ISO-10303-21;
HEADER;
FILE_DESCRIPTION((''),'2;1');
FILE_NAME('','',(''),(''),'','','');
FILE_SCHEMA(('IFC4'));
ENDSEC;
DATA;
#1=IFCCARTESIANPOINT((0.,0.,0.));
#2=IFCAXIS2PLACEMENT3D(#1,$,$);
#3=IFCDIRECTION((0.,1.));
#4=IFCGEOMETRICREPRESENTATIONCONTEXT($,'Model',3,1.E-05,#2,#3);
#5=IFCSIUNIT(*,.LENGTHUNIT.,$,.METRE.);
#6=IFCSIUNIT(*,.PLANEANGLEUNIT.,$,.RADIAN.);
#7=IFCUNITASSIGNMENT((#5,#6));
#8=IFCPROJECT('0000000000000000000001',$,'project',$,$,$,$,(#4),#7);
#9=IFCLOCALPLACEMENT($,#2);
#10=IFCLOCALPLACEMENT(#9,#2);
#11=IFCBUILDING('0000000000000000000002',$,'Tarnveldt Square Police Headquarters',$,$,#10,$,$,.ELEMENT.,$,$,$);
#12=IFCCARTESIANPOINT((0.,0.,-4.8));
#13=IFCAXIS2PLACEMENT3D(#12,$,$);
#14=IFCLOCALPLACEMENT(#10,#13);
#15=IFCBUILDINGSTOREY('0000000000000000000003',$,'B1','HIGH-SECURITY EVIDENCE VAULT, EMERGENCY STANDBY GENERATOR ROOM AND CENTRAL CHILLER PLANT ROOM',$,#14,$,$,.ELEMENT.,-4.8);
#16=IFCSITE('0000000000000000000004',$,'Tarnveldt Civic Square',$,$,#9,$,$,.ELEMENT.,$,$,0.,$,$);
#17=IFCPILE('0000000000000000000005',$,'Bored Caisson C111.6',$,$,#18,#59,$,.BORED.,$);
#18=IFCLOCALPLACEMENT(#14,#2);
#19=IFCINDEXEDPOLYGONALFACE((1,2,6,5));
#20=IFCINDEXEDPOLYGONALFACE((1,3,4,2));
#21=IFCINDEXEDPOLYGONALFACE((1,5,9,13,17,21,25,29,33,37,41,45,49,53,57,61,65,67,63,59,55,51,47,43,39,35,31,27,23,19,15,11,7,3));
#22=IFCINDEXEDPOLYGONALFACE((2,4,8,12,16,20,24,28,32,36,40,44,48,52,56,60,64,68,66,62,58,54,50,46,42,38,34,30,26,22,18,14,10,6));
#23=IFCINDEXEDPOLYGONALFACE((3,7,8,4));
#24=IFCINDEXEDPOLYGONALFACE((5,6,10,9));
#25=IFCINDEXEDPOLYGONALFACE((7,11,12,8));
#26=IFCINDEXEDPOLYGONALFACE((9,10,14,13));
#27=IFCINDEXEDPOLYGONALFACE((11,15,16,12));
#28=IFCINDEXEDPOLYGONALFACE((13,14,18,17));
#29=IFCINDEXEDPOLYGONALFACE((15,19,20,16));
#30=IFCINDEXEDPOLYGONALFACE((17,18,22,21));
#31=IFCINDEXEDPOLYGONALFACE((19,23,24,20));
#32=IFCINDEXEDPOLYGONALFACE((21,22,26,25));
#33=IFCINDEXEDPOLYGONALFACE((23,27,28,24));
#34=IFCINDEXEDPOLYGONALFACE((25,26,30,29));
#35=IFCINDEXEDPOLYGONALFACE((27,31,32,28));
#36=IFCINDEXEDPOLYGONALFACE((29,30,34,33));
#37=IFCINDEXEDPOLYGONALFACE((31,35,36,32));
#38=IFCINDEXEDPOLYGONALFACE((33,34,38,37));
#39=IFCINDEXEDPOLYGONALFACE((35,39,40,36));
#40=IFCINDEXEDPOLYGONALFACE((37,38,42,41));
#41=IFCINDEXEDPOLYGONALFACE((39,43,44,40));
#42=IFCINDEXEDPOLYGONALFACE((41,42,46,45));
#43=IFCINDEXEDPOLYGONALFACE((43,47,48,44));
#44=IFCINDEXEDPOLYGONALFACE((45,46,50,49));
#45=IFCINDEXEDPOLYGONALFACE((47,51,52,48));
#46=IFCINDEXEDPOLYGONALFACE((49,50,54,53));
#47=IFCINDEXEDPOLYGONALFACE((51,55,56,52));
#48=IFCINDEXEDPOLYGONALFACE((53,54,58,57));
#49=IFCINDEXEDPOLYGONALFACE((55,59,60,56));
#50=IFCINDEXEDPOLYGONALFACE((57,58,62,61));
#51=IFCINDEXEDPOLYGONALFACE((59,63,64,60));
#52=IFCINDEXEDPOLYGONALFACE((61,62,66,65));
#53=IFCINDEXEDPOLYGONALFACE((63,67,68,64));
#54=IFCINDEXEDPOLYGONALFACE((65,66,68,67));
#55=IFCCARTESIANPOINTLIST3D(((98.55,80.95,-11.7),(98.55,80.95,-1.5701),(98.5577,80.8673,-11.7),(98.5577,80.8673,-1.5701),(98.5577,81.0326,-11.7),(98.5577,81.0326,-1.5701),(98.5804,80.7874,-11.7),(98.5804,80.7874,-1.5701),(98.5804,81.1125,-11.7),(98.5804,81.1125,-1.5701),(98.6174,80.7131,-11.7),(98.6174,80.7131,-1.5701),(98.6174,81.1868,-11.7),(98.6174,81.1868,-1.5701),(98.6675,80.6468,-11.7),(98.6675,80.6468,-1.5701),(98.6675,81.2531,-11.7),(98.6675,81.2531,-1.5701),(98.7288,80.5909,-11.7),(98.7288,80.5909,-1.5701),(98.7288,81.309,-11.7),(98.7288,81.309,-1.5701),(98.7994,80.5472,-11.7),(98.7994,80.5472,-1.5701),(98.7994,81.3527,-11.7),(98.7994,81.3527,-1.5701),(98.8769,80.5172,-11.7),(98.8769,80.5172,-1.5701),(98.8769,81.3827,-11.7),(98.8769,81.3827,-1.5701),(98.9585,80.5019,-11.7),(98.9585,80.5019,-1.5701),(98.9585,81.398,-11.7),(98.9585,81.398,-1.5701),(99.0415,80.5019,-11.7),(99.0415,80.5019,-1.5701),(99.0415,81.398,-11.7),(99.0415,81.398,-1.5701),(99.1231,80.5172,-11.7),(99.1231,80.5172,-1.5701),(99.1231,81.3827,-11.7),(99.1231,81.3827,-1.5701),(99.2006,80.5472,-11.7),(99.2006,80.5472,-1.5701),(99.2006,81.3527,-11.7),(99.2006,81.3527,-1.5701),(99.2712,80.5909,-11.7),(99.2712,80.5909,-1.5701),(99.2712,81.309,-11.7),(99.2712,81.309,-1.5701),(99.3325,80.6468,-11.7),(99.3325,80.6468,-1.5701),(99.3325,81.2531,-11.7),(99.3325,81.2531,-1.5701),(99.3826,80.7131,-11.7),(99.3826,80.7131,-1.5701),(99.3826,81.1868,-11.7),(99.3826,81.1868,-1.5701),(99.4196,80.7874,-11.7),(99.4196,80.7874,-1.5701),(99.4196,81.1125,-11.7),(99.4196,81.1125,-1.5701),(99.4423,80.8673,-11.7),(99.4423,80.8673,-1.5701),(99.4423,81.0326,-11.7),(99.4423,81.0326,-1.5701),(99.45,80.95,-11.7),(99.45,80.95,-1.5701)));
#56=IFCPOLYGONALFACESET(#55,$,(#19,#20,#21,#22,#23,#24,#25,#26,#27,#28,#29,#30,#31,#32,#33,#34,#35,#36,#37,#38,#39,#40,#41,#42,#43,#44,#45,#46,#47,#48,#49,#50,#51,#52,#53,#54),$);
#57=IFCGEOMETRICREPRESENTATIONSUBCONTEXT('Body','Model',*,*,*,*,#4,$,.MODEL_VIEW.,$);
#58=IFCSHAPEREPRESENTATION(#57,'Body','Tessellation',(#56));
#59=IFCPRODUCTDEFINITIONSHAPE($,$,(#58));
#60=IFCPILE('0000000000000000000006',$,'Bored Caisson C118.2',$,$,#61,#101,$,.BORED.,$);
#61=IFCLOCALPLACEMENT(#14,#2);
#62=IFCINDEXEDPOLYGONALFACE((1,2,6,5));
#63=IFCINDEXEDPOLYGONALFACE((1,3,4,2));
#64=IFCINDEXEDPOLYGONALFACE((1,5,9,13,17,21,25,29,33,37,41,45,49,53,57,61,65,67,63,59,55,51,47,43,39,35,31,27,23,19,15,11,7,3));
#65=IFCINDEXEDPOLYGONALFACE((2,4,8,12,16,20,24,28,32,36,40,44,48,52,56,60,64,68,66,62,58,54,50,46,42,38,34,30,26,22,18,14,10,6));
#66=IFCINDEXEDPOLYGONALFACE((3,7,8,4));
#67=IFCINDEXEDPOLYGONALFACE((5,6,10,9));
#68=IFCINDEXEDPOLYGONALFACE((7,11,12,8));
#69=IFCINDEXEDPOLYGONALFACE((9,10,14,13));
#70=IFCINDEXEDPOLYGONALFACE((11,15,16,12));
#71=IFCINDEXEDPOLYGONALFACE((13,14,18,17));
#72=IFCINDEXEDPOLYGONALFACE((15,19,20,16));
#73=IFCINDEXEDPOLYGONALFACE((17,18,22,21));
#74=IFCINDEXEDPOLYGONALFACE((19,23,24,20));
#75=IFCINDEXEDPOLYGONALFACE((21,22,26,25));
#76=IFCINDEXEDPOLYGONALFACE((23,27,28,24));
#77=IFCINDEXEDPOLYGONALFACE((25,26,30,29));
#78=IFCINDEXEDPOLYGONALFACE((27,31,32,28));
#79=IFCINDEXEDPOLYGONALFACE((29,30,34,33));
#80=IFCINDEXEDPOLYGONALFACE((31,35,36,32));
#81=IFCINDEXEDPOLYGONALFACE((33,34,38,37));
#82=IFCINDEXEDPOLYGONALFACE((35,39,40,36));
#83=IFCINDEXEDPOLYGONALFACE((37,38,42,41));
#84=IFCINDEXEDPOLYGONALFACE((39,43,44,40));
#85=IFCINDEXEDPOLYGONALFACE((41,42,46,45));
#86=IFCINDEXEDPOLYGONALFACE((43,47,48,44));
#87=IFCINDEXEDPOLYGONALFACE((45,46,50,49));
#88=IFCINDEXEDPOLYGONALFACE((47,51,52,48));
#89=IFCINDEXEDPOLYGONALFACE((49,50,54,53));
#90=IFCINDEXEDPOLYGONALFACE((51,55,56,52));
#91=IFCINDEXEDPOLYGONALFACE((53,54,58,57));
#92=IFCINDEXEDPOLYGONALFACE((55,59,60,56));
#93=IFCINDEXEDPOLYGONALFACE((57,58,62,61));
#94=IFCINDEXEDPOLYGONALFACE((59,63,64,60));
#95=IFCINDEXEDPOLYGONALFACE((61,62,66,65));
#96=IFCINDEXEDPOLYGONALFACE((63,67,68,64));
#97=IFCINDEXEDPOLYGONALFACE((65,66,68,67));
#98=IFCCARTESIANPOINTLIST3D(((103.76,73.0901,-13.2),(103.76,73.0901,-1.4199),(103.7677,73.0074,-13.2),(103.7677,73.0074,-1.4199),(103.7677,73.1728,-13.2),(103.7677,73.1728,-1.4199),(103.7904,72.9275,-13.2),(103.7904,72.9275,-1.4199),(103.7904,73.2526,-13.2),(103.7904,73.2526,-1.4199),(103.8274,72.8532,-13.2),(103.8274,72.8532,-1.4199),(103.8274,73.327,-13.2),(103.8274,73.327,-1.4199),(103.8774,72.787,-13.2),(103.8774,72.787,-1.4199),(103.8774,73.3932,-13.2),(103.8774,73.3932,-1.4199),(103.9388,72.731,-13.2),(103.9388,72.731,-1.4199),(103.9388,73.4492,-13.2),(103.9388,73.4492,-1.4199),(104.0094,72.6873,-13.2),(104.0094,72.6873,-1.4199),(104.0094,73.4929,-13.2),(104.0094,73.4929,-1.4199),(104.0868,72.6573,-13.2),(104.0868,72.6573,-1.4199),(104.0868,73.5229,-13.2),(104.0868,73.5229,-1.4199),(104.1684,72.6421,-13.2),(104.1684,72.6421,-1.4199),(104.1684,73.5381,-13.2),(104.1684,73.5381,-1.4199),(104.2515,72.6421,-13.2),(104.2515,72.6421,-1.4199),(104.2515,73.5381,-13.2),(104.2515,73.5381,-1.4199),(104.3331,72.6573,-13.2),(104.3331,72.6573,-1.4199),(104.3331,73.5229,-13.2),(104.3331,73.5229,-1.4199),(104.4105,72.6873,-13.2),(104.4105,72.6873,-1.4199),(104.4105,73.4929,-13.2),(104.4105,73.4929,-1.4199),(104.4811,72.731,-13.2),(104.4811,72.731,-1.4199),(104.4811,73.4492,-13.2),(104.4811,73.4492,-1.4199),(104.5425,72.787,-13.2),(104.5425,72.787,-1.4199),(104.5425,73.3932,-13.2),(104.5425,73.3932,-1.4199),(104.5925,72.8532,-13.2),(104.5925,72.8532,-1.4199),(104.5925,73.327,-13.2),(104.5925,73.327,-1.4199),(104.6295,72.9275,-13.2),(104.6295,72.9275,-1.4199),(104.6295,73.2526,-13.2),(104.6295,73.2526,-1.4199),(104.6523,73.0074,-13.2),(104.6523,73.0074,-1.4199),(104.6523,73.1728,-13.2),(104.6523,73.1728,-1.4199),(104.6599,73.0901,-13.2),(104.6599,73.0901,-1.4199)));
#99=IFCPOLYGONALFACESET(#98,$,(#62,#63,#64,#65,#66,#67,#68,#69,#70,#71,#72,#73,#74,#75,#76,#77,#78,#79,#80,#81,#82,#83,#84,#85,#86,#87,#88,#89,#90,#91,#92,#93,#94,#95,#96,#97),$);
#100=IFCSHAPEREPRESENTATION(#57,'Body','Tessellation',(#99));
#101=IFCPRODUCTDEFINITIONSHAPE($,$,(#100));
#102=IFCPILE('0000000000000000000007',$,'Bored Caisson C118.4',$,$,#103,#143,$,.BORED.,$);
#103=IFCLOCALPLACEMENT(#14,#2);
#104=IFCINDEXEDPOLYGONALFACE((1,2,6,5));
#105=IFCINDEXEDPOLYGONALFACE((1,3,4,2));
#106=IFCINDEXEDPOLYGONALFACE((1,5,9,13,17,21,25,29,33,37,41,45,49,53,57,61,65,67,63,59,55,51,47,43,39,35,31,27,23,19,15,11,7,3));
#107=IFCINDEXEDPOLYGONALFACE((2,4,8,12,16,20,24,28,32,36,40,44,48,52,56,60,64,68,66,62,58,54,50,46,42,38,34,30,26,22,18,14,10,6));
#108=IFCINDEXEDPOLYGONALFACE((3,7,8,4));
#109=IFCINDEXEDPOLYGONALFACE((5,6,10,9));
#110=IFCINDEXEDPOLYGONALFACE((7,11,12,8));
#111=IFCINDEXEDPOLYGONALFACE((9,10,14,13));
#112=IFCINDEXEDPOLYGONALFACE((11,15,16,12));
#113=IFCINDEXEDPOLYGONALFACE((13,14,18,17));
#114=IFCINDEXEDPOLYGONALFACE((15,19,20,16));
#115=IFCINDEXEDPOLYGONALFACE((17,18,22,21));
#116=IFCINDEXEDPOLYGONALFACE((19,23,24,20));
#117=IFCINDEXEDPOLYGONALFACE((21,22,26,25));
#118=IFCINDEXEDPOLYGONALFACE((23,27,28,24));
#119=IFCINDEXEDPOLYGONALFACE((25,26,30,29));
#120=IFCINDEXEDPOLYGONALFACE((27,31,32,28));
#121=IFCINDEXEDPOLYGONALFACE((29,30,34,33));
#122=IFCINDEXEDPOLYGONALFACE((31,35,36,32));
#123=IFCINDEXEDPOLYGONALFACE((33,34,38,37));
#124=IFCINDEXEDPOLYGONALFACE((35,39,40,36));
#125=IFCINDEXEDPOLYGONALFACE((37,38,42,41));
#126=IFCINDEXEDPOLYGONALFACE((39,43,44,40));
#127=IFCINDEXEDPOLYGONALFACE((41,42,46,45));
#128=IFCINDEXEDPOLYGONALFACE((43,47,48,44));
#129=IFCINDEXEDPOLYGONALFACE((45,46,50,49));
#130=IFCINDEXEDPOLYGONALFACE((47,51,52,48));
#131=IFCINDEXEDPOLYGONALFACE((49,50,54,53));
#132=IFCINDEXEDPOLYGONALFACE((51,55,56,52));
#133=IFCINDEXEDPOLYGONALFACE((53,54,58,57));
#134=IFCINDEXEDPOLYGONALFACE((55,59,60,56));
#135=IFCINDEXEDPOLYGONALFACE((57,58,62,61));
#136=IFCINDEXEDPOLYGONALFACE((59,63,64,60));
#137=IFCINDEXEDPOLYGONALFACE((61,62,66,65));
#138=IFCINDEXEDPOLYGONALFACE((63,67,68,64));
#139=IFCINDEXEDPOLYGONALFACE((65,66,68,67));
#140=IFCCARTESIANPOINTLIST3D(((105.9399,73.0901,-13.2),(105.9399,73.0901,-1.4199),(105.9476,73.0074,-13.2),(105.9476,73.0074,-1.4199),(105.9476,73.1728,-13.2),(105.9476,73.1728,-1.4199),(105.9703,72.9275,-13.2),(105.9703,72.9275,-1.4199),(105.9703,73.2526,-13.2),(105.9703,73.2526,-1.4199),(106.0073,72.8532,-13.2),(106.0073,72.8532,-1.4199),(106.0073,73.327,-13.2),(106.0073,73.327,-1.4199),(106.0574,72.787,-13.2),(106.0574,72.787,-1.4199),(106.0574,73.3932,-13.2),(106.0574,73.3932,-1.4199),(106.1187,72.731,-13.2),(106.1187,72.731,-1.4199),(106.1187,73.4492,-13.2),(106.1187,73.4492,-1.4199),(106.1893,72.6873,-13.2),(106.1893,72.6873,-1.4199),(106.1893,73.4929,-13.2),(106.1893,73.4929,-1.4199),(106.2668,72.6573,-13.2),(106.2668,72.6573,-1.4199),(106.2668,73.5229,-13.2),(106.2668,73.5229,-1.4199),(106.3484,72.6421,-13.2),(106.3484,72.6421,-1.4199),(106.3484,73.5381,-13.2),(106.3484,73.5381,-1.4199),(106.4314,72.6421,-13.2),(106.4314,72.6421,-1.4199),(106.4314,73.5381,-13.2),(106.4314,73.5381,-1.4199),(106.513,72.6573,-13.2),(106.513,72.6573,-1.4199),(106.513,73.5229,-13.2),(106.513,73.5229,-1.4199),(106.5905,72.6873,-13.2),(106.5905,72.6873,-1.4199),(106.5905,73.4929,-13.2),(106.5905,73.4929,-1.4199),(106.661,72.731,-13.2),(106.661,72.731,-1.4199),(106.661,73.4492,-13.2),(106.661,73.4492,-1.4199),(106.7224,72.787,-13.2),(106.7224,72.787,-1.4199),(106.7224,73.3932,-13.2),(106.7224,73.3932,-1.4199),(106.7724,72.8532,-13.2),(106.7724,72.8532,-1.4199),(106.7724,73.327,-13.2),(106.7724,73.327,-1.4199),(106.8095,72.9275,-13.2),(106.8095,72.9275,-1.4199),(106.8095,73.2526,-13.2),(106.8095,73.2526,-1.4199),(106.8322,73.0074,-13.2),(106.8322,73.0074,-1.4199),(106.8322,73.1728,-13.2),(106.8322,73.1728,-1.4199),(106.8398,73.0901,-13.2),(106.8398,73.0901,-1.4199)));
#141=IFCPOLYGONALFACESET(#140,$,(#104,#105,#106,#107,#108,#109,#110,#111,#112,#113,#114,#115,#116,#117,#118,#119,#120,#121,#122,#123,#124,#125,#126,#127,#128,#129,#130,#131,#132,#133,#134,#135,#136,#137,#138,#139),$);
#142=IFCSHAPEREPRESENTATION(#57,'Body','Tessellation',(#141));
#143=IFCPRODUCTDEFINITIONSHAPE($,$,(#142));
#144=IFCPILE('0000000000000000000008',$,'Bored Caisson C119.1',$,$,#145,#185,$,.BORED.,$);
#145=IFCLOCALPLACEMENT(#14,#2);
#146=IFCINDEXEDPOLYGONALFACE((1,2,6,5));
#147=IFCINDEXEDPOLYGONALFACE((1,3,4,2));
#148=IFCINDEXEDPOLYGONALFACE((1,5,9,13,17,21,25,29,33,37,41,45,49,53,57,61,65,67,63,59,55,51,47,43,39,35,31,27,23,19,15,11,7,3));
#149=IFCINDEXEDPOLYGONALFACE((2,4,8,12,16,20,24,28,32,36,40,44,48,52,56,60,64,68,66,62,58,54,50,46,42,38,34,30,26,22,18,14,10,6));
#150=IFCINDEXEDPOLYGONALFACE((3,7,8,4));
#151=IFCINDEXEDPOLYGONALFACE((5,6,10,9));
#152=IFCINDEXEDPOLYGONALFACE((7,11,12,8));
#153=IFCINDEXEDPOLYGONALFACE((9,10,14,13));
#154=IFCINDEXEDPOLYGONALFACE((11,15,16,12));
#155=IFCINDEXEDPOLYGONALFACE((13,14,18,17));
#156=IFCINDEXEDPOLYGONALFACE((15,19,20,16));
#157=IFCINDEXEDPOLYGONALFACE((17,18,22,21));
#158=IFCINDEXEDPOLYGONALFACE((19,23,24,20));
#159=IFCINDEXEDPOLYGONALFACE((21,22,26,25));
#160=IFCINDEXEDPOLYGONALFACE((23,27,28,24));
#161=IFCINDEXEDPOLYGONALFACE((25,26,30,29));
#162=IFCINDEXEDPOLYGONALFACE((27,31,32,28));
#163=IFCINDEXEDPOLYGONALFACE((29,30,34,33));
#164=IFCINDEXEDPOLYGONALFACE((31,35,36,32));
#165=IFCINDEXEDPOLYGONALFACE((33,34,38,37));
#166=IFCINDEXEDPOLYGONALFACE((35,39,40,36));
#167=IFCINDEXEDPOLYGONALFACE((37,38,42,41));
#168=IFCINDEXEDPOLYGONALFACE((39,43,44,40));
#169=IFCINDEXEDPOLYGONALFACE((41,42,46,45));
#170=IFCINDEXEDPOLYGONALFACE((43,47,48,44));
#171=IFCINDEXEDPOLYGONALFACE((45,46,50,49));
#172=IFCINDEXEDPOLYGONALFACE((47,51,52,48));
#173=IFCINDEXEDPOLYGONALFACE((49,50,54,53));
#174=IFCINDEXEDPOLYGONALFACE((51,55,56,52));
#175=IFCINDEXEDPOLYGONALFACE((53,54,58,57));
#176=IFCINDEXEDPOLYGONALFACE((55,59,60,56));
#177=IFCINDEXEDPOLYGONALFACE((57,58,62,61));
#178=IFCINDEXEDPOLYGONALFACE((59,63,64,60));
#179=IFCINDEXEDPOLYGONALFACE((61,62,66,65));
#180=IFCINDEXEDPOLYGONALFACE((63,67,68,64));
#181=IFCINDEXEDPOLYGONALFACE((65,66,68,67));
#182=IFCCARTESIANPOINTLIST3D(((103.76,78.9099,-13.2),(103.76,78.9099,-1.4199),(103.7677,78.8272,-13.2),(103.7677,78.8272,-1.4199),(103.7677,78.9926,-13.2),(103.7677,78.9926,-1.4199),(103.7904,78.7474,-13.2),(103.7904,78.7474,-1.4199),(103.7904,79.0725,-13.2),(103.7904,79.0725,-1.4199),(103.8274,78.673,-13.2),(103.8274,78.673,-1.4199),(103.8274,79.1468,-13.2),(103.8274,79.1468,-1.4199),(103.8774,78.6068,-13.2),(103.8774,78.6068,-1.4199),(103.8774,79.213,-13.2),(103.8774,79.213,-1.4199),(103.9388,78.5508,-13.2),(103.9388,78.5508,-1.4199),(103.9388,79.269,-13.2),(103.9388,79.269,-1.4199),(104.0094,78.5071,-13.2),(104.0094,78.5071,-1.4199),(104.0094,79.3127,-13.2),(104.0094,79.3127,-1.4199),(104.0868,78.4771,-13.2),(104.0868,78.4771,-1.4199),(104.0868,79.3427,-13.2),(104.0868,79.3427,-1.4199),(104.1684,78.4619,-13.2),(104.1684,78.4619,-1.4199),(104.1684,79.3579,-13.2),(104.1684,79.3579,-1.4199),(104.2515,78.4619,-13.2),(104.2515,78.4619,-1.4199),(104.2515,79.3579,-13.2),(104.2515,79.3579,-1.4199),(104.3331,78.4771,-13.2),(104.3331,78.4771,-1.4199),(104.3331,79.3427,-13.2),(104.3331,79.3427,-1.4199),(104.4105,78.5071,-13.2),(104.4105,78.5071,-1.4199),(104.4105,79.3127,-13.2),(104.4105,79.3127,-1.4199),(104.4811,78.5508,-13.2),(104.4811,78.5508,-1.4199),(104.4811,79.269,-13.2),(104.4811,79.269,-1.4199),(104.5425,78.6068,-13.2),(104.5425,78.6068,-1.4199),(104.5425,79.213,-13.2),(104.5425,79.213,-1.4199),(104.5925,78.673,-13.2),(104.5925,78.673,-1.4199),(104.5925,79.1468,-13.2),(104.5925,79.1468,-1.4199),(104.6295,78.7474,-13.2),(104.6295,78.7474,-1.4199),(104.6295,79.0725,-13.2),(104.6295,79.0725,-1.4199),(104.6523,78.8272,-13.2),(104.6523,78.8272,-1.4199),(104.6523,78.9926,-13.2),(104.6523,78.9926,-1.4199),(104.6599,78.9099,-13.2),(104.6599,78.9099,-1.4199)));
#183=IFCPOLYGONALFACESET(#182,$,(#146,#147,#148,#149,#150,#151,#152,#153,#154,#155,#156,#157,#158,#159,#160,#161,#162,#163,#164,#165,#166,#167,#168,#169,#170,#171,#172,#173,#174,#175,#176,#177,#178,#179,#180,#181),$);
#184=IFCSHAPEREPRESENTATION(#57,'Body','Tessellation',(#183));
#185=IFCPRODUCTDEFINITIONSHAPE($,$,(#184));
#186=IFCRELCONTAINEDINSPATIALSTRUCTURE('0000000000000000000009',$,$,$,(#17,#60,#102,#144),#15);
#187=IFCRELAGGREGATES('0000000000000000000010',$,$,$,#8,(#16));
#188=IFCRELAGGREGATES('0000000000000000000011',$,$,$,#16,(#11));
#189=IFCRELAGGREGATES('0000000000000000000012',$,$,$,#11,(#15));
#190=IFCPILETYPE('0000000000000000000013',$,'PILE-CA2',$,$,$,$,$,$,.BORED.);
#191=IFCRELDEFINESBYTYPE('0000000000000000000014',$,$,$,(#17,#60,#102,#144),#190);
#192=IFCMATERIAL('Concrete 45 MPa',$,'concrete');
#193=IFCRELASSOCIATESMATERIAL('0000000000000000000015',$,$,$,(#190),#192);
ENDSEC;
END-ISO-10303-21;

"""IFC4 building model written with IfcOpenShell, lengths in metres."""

from ifc_helpers import new_model, si_unit, direction, frame, origin, origin_2d, place, context, subcontext, project, spatial, circle, extrude, material, material_profile, profile_set, type_object, element, save


model = new_model("IFC4")

# Units and contexts
model_context = context("Model", 3, precision=1e-05, world=origin(), true_north=direction((0.0, 1.0)))
body_context = subcontext(model_context, "Body", "Model", "MODEL_VIEW")
ifc_project = project(units=[si_unit("LENGTHUNIT", "METRE"), si_unit("PLANEANGLEUNIT", "RADIAN")], contexts=[model_context])

# Site, building, storey
site_placement = place(None, origin())
site = spatial("IfcSite", under=ifc_project, at=site_placement, Name="Tarnveldt Civic Square", CompositionType="ELEMENT", RefElevation=0.0)
building_placement = place(site_placement, origin())
building = spatial("IfcBuilding", under=site, at=building_placement, Name="Tarnveldt Square Police Headquarters", CompositionType="ELEMENT")
storey_placement = place(building_placement, frame((0.0, 0.0, -4.8)))
storey = spatial("IfcBuildingStorey", under=building, at=storey_placement, Name="B1", Description="HIGH-SECURITY EVIDENCE VAULT, EMERGENCY STANDBY GENERATOR ROOM AND CENTRAL CHILLER PLANT ROOM", CompositionType="ELEMENT", Elevation=-4.8)

# Shared definitions
ifc_material_1 = material(Name="Concrete 45 MPa", Category="concrete")

# Piles
ifc_material_profile_1 = material_profile(ifc_material_1, circle(Radius=0.45, at=origin_2d()), Name="CAISSON-D900")
ifc_profile_set_1 = profile_set([ifc_material_profile_1], Name="Concrete 45 MPa")
pile_type = type_object("IfcPileType", Name="PILE-CA2", PredefinedType="BORED", material=ifc_profile_set_1)
for number, where, z_axis, x_axis, name in (
    (1, (99.0, 80.95, -1.5701), (0.0, 0.0, -1.0), (1.0, 0.0, 0.0), "Bored Caisson C111.6"),
):
    element("IfcPile", number, at=place(storey_placement, frame(where, z_axis=z_axis, x_axis=x_axis)), inside=storey, type_object=pile_type, Name=name, PredefinedType="BORED", context=body_context, shape_type="SweptSolid", body=[
        extrude(circle(Radius=0.45, at=origin_2d()), origin(), (0.0, 0.0, 1.0), 10.1299),
    ])
for number, where, z_axis, x_axis, name in (
    (2, (104.21, 73.0901, -1.4199), (0.0, 0.0, -1.0), (1.0, 0.0, 0.0), "Bored Caisson C118.2"),
    (3, (106.3899, 73.0901, -1.4199), (0.0, 0.0, -1.0), (1.0, 0.0, 0.0), "Bored Caisson C118.4"),
    (4, (104.21, 78.9099, -1.4199), (0.0, 0.0, -1.0), (1.0, 0.0, 0.0), "Bored Caisson C119.1"),
):
    element("IfcPile", number, at=place(storey_placement, frame(where, z_axis=z_axis, x_axis=x_axis)), inside=storey, type_object=pile_type, Name=name, PredefinedType="BORED", context=body_context, shape_type="SweptSolid", body=[
        extrude(circle(Radius=0.45, at=origin_2d()), origin(), (0.0, 0.0, 1.0), 11.78),
    ])

save(model, "model.ifc")
